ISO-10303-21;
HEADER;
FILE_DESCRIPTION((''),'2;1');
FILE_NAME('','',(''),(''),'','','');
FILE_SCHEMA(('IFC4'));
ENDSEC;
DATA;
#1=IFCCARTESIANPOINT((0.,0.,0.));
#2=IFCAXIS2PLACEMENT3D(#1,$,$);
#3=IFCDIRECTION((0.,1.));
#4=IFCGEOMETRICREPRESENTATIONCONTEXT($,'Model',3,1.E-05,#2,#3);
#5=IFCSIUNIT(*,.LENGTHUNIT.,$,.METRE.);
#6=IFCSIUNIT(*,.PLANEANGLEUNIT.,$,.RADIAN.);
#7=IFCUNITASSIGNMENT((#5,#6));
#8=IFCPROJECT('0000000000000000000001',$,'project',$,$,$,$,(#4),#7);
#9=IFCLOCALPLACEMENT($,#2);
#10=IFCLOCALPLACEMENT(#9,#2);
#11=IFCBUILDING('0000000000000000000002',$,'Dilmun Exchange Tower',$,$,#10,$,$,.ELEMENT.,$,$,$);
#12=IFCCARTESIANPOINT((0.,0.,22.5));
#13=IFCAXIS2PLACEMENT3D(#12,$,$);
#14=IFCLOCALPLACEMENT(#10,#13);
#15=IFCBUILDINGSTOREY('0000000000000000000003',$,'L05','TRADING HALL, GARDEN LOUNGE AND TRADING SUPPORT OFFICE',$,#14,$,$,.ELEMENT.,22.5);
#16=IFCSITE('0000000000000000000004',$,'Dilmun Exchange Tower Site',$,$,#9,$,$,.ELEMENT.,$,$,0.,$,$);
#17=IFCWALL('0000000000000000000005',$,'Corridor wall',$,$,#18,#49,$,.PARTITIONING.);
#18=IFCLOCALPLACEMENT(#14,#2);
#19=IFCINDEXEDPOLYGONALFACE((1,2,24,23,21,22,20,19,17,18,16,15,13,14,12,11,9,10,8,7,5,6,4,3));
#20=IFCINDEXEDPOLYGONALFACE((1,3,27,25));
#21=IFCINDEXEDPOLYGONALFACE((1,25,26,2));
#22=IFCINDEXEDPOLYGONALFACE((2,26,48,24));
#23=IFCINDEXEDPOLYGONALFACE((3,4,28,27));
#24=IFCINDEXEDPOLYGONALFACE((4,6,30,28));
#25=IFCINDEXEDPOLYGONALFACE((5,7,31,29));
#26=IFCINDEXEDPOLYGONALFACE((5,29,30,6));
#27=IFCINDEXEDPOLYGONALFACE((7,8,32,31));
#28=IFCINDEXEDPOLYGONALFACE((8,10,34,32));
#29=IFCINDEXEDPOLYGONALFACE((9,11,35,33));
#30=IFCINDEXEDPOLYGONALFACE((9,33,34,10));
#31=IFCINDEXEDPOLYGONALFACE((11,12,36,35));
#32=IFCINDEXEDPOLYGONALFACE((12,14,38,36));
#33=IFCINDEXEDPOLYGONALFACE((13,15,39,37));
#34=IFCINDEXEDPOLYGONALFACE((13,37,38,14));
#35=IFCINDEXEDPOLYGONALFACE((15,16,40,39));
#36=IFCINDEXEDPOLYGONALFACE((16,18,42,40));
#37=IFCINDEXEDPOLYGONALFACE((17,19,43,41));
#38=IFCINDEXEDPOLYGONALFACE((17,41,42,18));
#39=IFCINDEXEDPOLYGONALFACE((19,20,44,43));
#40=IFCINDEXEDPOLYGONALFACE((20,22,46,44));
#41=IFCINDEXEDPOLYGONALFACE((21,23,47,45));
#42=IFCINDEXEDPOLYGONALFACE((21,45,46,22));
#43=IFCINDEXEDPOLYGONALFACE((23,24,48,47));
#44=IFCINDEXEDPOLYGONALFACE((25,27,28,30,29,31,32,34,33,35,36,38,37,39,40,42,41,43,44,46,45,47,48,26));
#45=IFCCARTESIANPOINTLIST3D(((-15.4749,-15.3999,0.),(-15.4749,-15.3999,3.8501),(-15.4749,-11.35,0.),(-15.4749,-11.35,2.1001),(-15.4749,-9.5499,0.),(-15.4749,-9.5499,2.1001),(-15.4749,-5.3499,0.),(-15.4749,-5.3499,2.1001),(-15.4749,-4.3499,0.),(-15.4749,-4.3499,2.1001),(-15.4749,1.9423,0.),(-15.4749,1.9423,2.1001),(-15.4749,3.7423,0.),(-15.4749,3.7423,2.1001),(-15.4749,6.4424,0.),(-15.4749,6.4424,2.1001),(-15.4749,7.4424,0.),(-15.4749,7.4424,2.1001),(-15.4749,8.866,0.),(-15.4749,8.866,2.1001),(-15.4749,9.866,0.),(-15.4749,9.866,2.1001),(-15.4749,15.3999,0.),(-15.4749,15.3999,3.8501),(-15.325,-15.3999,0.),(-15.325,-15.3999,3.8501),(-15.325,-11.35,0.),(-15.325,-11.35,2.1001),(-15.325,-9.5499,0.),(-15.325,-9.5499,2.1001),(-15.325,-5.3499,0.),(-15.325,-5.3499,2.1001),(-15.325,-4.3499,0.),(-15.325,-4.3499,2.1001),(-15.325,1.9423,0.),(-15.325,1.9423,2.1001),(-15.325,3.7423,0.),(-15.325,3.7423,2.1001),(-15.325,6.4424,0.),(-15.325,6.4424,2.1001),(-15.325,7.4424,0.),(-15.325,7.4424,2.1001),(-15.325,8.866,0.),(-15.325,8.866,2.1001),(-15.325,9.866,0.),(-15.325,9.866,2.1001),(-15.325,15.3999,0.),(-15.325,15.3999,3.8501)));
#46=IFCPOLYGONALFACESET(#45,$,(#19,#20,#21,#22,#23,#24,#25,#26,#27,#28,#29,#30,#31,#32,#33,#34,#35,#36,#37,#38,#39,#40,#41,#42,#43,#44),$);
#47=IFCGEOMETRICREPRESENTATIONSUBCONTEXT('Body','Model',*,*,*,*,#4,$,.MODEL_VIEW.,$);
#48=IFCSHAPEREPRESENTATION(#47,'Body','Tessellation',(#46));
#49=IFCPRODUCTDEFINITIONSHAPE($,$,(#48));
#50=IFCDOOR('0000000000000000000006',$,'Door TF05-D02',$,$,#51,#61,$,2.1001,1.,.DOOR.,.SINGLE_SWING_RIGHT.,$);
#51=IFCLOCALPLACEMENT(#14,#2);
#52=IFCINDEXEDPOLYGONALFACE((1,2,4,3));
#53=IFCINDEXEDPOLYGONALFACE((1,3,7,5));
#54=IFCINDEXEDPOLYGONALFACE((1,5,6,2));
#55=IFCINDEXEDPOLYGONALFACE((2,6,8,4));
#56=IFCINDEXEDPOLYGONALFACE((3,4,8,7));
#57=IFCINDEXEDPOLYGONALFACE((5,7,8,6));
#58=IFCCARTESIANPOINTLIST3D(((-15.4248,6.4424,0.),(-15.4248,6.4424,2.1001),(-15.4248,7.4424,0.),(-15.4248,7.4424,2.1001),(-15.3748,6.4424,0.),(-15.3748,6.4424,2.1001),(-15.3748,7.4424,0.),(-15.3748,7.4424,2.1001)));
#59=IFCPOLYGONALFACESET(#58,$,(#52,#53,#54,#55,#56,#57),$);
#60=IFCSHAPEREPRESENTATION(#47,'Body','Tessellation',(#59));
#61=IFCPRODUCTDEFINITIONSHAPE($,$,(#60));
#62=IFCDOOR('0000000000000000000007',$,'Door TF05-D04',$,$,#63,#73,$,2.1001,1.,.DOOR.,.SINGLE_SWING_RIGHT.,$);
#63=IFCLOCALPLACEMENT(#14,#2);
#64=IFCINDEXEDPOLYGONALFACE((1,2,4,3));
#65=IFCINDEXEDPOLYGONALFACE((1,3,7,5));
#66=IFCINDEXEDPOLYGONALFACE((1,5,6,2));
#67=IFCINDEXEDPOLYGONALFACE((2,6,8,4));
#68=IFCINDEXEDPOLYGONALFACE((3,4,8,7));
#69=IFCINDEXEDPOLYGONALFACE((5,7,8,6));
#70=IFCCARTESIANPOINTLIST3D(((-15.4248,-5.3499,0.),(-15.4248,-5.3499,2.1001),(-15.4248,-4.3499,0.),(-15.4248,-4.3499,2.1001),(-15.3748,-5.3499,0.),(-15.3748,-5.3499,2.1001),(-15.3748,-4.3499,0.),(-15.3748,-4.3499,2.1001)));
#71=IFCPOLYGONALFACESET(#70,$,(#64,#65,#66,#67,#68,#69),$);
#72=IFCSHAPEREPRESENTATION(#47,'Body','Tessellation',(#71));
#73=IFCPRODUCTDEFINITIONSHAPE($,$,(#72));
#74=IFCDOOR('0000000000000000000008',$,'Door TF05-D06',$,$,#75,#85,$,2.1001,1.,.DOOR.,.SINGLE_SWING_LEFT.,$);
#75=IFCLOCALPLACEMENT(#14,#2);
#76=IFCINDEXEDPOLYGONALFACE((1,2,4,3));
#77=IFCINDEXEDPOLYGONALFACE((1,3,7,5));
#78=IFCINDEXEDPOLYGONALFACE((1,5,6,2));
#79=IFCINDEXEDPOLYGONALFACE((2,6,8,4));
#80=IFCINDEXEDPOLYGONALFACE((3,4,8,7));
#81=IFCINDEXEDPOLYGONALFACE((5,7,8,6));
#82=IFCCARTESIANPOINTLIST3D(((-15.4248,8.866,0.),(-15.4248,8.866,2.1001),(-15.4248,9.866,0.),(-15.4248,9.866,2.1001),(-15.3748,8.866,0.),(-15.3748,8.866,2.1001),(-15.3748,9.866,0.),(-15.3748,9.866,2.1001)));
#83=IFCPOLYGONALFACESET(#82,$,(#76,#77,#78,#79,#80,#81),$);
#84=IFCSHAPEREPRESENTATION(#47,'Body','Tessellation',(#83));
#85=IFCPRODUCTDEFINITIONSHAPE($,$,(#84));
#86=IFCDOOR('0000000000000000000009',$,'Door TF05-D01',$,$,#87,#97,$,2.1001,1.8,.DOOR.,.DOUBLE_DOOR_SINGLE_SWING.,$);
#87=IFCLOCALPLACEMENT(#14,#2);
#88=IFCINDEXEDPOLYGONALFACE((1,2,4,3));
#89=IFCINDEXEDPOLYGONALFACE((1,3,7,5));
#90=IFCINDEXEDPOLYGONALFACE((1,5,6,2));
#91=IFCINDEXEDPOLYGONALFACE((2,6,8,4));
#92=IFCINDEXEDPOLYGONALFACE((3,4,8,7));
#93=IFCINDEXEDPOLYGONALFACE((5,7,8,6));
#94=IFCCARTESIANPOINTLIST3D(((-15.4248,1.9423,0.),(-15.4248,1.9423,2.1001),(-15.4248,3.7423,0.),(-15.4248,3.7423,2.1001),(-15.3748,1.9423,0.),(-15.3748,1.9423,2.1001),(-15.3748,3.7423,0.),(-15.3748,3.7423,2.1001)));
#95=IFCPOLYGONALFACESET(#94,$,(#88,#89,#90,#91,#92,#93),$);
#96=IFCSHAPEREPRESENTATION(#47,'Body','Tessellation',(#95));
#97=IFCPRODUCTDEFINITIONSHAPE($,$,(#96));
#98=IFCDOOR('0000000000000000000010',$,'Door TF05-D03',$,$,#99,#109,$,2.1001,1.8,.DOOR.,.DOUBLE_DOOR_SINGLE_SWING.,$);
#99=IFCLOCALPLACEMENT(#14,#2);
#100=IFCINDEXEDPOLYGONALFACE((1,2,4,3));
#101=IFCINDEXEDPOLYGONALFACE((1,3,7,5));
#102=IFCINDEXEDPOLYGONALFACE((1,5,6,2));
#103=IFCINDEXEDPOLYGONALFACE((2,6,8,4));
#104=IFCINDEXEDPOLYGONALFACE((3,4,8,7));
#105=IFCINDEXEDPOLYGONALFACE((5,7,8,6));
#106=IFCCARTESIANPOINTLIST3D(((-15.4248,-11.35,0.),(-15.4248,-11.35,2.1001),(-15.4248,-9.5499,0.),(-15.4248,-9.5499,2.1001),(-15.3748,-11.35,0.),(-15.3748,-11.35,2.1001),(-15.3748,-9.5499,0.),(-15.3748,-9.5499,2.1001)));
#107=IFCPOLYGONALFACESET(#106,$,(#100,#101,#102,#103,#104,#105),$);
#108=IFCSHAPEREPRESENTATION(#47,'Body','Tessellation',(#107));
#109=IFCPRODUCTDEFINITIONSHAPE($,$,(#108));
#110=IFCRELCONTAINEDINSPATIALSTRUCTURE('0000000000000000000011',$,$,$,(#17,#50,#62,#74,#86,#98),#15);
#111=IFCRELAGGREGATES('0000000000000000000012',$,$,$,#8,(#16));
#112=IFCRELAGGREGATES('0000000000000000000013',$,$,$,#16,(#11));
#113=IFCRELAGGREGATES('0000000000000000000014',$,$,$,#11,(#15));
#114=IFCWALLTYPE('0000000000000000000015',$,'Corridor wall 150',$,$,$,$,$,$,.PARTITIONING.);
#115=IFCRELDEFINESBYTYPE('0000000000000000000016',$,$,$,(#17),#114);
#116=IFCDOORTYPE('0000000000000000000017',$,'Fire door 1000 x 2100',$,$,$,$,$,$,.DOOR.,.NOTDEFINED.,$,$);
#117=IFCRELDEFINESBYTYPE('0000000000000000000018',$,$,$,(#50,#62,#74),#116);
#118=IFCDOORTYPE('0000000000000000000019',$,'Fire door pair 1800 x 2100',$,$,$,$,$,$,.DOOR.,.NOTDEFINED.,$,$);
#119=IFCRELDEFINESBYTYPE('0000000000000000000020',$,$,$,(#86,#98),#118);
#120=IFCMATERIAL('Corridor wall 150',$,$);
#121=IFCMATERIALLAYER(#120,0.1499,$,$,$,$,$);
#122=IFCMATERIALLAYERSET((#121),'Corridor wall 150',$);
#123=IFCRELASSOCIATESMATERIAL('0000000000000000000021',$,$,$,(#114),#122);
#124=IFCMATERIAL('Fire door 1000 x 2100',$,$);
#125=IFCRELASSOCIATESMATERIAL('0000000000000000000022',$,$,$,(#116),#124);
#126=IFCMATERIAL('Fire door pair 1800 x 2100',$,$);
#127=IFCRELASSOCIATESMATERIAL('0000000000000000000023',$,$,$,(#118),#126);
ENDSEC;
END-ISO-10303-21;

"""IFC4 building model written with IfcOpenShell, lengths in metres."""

from ifc_helpers import new_model, si_unit, direction, frame, frame_2d, origin, place, context, subcontext, project, spatial, rectangle, extrude, material, layer, layer_set, type_object, element, fill, save


model = new_model("IFC4")

# Units and contexts
model_context = context("Model", 3, precision=1e-05, world=origin(), true_north=direction((0.0, 1.0)))
body_context = subcontext(model_context, "Body", "Model", "MODEL_VIEW")
ifc_project = project(units=[si_unit("LENGTHUNIT", "METRE"), si_unit("PLANEANGLEUNIT", "RADIAN")], contexts=[model_context])

# Site, building, storey
site_placement = place(None, origin())
site = spatial("IfcSite", under=ifc_project, at=site_placement, Name="Dilmun Exchange Tower Site", CompositionType="ELEMENT", RefElevation=0.0)
building_placement = place(site_placement, origin())
building = spatial("IfcBuilding", under=site, at=building_placement, Name="Dilmun Exchange Tower", CompositionType="ELEMENT")
storey_placement = place(building_placement, frame((0.0, 0.0, 22.5)))
storey = spatial("IfcBuildingStorey", under=building, at=storey_placement, Name="L05", Description="TRADING HALL, GARDEN LOUNGE AND TRADING SUPPORT OFFICE", CompositionType="ELEMENT", Elevation=22.5)

# Wall, openings, doors
ifc_material_1 = material(Name="Corridor wall 150")
ifc_layer_1 = layer(ifc_material_1, 0.1499)
ifc_layer_set_1 = layer_set([ifc_layer_1], Name="Corridor wall 150")
wall_type_1 = type_object("IfcWallType", Name="Corridor wall 150", PredefinedType="PARTITIONING", material=ifc_layer_set_1)
wall_1_placement = place(storey_placement, frame((-15.3999, -15.3999, 0.0), z_axis=(0.0, 0.0, 1.0), x_axis=(0.0, 1.0, 0.0)))
wall_1 = element("IfcWall", 1, at=wall_1_placement, inside=storey, type_object=wall_type_1, Name="Corridor wall", PredefinedType="PARTITIONING", context=body_context, shape_type="SweptSolid", body=[
    extrude(rectangle(XDim=30.7998, YDim=0.1499, at=frame_2d((15.3999, 0.0))), origin(), (0.0, 0.0, 1.0), 3.8501),
])
opening_1_placement = place(wall_1_placement, frame((17.3423, 0.0, 0.0)))
opening_1 = element("IfcOpeningElement", 2, at=opening_1_placement, cuts=wall_1, PredefinedType="OPENING", context=body_context, shape_type="SweptSolid", body=[
    extrude(rectangle(XDim=1.8, YDim=2.1001, at=frame_2d((0.8999, 1.05))), frame((0.0, 0.085, 0.0), z_axis=(0.0, -1.0, 0.0), x_axis=(1.0, 0.0, 0.0)), (0.0, 0.0, 1.0), 0.1699),
])
opening_2_placement = place(wall_1_placement, frame((21.8423, 0.0, 0.0)))
opening_2 = element("IfcOpeningElement", 3, at=opening_2_placement, cuts=wall_1, PredefinedType="OPENING", context=body_context, shape_type="SweptSolid", body=[
    extrude(rectangle(XDim=1.0, YDim=2.1001, at=frame_2d((0.5, 1.05))), frame((0.0, 0.085, 0.0), z_axis=(0.0, -1.0, 0.0), x_axis=(1.0, 0.0, 0.0)), (0.0, 0.0, 1.0), 0.1699),
])
opening_3_placement = place(wall_1_placement, frame((4.05, 0.0, 0.0)))
opening_3 = element("IfcOpeningElement", 4, at=opening_3_placement, cuts=wall_1, PredefinedType="OPENING", context=body_context, shape_type="SweptSolid", body=[
    extrude(rectangle(XDim=1.8, YDim=2.1001, at=frame_2d((0.8999, 1.05))), frame((0.0, 0.085, 0.0), z_axis=(0.0, -1.0, 0.0), x_axis=(1.0, 0.0, 0.0)), (0.0, 0.0, 1.0), 0.1699),
])
opening_4_placement = place(wall_1_placement, frame((10.05, 0.0, 0.0)))
opening_4 = element("IfcOpeningElement", 5, at=opening_4_placement, cuts=wall_1, PredefinedType="OPENING", context=body_context, shape_type="SweptSolid", body=[
    extrude(rectangle(XDim=1.0, YDim=2.1001, at=frame_2d((0.5, 1.05))), frame((0.0, 0.085, 0.0), z_axis=(0.0, -1.0, 0.0), x_axis=(1.0, 0.0, 0.0)), (0.0, 0.0, 1.0), 0.1699),
])
opening_5_placement = place(wall_1_placement, frame((24.2659, 0.0, 0.0)))
opening_5 = element("IfcOpeningElement", 6, at=opening_5_placement, cuts=wall_1, PredefinedType="OPENING", context=body_context, shape_type="SweptSolid", body=[
    extrude(rectangle(XDim=1.0, YDim=2.1001, at=frame_2d((0.5, 1.05))), frame((0.0, 0.085, 0.0), z_axis=(0.0, -1.0, 0.0), x_axis=(1.0, 0.0, 0.0)), (0.0, 0.0, 1.0), 0.1699),
])
ifc_material_2 = material(Name="Fire door 1000 x 2100")
door_type_1 = type_object("IfcDoorType", Name="Fire door 1000 x 2100", OperationType="NOTDEFINED", PredefinedType="DOOR", material=ifc_material_2)
door_1_placement = place(opening_2_placement, origin())
door_1 = element("IfcDoor", 7, at=door_1_placement, inside=storey, type_object=door_type_1, Name="Door TF05-D02", OperationType="SINGLE_SWING_RIGHT", OverallHeight=2.1001, OverallWidth=1.0, PredefinedType="DOOR", context=body_context, shape_type="SweptSolid", body=[
    extrude(rectangle(XDim=1.0, YDim=2.1001, at=frame_2d((0.5, 1.05))), frame((0.0, 0.0249, 0.0), z_axis=(0.0, -1.0, 0.0), x_axis=(1.0, 0.0, 0.0)), (0.0, 0.0, 1.0), 0.05),
])
fill(opening_2, door_1)
door_2_placement = place(opening_4_placement, origin())
door_2 = element("IfcDoor", 8, at=door_2_placement, inside=storey, type_object=door_type_1, Name="Door TF05-D04", OperationType="SINGLE_SWING_RIGHT", OverallHeight=2.1001, OverallWidth=1.0, PredefinedType="DOOR", context=body_context, shape_type="SweptSolid", body=[
    extrude(rectangle(XDim=1.0, YDim=2.1001, at=frame_2d((0.5, 1.05))), frame((0.0, 0.0249, 0.0), z_axis=(0.0, -1.0, 0.0), x_axis=(1.0, 0.0, 0.0)), (0.0, 0.0, 1.0), 0.05),
])
fill(opening_4, door_2)
door_3_placement = place(opening_5_placement, origin())
door_3 = element("IfcDoor", 9, at=door_3_placement, inside=storey, type_object=door_type_1, Name="Door TF05-D06", OperationType="SINGLE_SWING_LEFT", OverallHeight=2.1001, OverallWidth=1.0, PredefinedType="DOOR", context=body_context, shape_type="SweptSolid", body=[
    extrude(rectangle(XDim=1.0, YDim=2.1001, at=frame_2d((0.5, 1.05))), frame((0.0, 0.0249, 0.0), z_axis=(0.0, -1.0, 0.0), x_axis=(1.0, 0.0, 0.0)), (0.0, 0.0, 1.0), 0.05),
])
fill(opening_5, door_3)
ifc_material_3 = material(Name="Fire door pair 1800 x 2100")
door_type_2 = type_object("IfcDoorType", Name="Fire door pair 1800 x 2100", OperationType="NOTDEFINED", PredefinedType="DOOR", material=ifc_material_3)
door_4_placement = place(opening_1_placement, origin())
door_4 = element("IfcDoor", 10, at=door_4_placement, inside=storey, type_object=door_type_2, Name="Door TF05-D01", OperationType="DOUBLE_DOOR_SINGLE_SWING", OverallHeight=2.1001, OverallWidth=1.8, PredefinedType="DOOR", context=body_context, shape_type="SweptSolid", body=[
    extrude(rectangle(XDim=1.8, YDim=2.1001, at=frame_2d((0.8999, 1.05))), frame((0.0, 0.0249, 0.0), z_axis=(0.0, -1.0, 0.0), x_axis=(1.0, 0.0, 0.0)), (0.0, 0.0, 1.0), 0.05),
])
fill(opening_1, door_4)
door_5_placement = place(opening_3_placement, origin())
door_5 = element("IfcDoor", 11, at=door_5_placement, inside=storey, type_object=door_type_2, Name="Door TF05-D03", OperationType="DOUBLE_DOOR_SINGLE_SWING", OverallHeight=2.1001, OverallWidth=1.8, PredefinedType="DOOR", context=body_context, shape_type="SweptSolid", body=[
    extrude(rectangle(XDim=1.8, YDim=2.1001, at=frame_2d((0.8999, 1.05))), frame((0.0, 0.0249, 0.0), z_axis=(0.0, -1.0, 0.0), x_axis=(1.0, 0.0, 0.0)), (0.0, 0.0, 1.0), 0.05),
])
fill(opening_3, door_5)

save(model, "model.ifc")
